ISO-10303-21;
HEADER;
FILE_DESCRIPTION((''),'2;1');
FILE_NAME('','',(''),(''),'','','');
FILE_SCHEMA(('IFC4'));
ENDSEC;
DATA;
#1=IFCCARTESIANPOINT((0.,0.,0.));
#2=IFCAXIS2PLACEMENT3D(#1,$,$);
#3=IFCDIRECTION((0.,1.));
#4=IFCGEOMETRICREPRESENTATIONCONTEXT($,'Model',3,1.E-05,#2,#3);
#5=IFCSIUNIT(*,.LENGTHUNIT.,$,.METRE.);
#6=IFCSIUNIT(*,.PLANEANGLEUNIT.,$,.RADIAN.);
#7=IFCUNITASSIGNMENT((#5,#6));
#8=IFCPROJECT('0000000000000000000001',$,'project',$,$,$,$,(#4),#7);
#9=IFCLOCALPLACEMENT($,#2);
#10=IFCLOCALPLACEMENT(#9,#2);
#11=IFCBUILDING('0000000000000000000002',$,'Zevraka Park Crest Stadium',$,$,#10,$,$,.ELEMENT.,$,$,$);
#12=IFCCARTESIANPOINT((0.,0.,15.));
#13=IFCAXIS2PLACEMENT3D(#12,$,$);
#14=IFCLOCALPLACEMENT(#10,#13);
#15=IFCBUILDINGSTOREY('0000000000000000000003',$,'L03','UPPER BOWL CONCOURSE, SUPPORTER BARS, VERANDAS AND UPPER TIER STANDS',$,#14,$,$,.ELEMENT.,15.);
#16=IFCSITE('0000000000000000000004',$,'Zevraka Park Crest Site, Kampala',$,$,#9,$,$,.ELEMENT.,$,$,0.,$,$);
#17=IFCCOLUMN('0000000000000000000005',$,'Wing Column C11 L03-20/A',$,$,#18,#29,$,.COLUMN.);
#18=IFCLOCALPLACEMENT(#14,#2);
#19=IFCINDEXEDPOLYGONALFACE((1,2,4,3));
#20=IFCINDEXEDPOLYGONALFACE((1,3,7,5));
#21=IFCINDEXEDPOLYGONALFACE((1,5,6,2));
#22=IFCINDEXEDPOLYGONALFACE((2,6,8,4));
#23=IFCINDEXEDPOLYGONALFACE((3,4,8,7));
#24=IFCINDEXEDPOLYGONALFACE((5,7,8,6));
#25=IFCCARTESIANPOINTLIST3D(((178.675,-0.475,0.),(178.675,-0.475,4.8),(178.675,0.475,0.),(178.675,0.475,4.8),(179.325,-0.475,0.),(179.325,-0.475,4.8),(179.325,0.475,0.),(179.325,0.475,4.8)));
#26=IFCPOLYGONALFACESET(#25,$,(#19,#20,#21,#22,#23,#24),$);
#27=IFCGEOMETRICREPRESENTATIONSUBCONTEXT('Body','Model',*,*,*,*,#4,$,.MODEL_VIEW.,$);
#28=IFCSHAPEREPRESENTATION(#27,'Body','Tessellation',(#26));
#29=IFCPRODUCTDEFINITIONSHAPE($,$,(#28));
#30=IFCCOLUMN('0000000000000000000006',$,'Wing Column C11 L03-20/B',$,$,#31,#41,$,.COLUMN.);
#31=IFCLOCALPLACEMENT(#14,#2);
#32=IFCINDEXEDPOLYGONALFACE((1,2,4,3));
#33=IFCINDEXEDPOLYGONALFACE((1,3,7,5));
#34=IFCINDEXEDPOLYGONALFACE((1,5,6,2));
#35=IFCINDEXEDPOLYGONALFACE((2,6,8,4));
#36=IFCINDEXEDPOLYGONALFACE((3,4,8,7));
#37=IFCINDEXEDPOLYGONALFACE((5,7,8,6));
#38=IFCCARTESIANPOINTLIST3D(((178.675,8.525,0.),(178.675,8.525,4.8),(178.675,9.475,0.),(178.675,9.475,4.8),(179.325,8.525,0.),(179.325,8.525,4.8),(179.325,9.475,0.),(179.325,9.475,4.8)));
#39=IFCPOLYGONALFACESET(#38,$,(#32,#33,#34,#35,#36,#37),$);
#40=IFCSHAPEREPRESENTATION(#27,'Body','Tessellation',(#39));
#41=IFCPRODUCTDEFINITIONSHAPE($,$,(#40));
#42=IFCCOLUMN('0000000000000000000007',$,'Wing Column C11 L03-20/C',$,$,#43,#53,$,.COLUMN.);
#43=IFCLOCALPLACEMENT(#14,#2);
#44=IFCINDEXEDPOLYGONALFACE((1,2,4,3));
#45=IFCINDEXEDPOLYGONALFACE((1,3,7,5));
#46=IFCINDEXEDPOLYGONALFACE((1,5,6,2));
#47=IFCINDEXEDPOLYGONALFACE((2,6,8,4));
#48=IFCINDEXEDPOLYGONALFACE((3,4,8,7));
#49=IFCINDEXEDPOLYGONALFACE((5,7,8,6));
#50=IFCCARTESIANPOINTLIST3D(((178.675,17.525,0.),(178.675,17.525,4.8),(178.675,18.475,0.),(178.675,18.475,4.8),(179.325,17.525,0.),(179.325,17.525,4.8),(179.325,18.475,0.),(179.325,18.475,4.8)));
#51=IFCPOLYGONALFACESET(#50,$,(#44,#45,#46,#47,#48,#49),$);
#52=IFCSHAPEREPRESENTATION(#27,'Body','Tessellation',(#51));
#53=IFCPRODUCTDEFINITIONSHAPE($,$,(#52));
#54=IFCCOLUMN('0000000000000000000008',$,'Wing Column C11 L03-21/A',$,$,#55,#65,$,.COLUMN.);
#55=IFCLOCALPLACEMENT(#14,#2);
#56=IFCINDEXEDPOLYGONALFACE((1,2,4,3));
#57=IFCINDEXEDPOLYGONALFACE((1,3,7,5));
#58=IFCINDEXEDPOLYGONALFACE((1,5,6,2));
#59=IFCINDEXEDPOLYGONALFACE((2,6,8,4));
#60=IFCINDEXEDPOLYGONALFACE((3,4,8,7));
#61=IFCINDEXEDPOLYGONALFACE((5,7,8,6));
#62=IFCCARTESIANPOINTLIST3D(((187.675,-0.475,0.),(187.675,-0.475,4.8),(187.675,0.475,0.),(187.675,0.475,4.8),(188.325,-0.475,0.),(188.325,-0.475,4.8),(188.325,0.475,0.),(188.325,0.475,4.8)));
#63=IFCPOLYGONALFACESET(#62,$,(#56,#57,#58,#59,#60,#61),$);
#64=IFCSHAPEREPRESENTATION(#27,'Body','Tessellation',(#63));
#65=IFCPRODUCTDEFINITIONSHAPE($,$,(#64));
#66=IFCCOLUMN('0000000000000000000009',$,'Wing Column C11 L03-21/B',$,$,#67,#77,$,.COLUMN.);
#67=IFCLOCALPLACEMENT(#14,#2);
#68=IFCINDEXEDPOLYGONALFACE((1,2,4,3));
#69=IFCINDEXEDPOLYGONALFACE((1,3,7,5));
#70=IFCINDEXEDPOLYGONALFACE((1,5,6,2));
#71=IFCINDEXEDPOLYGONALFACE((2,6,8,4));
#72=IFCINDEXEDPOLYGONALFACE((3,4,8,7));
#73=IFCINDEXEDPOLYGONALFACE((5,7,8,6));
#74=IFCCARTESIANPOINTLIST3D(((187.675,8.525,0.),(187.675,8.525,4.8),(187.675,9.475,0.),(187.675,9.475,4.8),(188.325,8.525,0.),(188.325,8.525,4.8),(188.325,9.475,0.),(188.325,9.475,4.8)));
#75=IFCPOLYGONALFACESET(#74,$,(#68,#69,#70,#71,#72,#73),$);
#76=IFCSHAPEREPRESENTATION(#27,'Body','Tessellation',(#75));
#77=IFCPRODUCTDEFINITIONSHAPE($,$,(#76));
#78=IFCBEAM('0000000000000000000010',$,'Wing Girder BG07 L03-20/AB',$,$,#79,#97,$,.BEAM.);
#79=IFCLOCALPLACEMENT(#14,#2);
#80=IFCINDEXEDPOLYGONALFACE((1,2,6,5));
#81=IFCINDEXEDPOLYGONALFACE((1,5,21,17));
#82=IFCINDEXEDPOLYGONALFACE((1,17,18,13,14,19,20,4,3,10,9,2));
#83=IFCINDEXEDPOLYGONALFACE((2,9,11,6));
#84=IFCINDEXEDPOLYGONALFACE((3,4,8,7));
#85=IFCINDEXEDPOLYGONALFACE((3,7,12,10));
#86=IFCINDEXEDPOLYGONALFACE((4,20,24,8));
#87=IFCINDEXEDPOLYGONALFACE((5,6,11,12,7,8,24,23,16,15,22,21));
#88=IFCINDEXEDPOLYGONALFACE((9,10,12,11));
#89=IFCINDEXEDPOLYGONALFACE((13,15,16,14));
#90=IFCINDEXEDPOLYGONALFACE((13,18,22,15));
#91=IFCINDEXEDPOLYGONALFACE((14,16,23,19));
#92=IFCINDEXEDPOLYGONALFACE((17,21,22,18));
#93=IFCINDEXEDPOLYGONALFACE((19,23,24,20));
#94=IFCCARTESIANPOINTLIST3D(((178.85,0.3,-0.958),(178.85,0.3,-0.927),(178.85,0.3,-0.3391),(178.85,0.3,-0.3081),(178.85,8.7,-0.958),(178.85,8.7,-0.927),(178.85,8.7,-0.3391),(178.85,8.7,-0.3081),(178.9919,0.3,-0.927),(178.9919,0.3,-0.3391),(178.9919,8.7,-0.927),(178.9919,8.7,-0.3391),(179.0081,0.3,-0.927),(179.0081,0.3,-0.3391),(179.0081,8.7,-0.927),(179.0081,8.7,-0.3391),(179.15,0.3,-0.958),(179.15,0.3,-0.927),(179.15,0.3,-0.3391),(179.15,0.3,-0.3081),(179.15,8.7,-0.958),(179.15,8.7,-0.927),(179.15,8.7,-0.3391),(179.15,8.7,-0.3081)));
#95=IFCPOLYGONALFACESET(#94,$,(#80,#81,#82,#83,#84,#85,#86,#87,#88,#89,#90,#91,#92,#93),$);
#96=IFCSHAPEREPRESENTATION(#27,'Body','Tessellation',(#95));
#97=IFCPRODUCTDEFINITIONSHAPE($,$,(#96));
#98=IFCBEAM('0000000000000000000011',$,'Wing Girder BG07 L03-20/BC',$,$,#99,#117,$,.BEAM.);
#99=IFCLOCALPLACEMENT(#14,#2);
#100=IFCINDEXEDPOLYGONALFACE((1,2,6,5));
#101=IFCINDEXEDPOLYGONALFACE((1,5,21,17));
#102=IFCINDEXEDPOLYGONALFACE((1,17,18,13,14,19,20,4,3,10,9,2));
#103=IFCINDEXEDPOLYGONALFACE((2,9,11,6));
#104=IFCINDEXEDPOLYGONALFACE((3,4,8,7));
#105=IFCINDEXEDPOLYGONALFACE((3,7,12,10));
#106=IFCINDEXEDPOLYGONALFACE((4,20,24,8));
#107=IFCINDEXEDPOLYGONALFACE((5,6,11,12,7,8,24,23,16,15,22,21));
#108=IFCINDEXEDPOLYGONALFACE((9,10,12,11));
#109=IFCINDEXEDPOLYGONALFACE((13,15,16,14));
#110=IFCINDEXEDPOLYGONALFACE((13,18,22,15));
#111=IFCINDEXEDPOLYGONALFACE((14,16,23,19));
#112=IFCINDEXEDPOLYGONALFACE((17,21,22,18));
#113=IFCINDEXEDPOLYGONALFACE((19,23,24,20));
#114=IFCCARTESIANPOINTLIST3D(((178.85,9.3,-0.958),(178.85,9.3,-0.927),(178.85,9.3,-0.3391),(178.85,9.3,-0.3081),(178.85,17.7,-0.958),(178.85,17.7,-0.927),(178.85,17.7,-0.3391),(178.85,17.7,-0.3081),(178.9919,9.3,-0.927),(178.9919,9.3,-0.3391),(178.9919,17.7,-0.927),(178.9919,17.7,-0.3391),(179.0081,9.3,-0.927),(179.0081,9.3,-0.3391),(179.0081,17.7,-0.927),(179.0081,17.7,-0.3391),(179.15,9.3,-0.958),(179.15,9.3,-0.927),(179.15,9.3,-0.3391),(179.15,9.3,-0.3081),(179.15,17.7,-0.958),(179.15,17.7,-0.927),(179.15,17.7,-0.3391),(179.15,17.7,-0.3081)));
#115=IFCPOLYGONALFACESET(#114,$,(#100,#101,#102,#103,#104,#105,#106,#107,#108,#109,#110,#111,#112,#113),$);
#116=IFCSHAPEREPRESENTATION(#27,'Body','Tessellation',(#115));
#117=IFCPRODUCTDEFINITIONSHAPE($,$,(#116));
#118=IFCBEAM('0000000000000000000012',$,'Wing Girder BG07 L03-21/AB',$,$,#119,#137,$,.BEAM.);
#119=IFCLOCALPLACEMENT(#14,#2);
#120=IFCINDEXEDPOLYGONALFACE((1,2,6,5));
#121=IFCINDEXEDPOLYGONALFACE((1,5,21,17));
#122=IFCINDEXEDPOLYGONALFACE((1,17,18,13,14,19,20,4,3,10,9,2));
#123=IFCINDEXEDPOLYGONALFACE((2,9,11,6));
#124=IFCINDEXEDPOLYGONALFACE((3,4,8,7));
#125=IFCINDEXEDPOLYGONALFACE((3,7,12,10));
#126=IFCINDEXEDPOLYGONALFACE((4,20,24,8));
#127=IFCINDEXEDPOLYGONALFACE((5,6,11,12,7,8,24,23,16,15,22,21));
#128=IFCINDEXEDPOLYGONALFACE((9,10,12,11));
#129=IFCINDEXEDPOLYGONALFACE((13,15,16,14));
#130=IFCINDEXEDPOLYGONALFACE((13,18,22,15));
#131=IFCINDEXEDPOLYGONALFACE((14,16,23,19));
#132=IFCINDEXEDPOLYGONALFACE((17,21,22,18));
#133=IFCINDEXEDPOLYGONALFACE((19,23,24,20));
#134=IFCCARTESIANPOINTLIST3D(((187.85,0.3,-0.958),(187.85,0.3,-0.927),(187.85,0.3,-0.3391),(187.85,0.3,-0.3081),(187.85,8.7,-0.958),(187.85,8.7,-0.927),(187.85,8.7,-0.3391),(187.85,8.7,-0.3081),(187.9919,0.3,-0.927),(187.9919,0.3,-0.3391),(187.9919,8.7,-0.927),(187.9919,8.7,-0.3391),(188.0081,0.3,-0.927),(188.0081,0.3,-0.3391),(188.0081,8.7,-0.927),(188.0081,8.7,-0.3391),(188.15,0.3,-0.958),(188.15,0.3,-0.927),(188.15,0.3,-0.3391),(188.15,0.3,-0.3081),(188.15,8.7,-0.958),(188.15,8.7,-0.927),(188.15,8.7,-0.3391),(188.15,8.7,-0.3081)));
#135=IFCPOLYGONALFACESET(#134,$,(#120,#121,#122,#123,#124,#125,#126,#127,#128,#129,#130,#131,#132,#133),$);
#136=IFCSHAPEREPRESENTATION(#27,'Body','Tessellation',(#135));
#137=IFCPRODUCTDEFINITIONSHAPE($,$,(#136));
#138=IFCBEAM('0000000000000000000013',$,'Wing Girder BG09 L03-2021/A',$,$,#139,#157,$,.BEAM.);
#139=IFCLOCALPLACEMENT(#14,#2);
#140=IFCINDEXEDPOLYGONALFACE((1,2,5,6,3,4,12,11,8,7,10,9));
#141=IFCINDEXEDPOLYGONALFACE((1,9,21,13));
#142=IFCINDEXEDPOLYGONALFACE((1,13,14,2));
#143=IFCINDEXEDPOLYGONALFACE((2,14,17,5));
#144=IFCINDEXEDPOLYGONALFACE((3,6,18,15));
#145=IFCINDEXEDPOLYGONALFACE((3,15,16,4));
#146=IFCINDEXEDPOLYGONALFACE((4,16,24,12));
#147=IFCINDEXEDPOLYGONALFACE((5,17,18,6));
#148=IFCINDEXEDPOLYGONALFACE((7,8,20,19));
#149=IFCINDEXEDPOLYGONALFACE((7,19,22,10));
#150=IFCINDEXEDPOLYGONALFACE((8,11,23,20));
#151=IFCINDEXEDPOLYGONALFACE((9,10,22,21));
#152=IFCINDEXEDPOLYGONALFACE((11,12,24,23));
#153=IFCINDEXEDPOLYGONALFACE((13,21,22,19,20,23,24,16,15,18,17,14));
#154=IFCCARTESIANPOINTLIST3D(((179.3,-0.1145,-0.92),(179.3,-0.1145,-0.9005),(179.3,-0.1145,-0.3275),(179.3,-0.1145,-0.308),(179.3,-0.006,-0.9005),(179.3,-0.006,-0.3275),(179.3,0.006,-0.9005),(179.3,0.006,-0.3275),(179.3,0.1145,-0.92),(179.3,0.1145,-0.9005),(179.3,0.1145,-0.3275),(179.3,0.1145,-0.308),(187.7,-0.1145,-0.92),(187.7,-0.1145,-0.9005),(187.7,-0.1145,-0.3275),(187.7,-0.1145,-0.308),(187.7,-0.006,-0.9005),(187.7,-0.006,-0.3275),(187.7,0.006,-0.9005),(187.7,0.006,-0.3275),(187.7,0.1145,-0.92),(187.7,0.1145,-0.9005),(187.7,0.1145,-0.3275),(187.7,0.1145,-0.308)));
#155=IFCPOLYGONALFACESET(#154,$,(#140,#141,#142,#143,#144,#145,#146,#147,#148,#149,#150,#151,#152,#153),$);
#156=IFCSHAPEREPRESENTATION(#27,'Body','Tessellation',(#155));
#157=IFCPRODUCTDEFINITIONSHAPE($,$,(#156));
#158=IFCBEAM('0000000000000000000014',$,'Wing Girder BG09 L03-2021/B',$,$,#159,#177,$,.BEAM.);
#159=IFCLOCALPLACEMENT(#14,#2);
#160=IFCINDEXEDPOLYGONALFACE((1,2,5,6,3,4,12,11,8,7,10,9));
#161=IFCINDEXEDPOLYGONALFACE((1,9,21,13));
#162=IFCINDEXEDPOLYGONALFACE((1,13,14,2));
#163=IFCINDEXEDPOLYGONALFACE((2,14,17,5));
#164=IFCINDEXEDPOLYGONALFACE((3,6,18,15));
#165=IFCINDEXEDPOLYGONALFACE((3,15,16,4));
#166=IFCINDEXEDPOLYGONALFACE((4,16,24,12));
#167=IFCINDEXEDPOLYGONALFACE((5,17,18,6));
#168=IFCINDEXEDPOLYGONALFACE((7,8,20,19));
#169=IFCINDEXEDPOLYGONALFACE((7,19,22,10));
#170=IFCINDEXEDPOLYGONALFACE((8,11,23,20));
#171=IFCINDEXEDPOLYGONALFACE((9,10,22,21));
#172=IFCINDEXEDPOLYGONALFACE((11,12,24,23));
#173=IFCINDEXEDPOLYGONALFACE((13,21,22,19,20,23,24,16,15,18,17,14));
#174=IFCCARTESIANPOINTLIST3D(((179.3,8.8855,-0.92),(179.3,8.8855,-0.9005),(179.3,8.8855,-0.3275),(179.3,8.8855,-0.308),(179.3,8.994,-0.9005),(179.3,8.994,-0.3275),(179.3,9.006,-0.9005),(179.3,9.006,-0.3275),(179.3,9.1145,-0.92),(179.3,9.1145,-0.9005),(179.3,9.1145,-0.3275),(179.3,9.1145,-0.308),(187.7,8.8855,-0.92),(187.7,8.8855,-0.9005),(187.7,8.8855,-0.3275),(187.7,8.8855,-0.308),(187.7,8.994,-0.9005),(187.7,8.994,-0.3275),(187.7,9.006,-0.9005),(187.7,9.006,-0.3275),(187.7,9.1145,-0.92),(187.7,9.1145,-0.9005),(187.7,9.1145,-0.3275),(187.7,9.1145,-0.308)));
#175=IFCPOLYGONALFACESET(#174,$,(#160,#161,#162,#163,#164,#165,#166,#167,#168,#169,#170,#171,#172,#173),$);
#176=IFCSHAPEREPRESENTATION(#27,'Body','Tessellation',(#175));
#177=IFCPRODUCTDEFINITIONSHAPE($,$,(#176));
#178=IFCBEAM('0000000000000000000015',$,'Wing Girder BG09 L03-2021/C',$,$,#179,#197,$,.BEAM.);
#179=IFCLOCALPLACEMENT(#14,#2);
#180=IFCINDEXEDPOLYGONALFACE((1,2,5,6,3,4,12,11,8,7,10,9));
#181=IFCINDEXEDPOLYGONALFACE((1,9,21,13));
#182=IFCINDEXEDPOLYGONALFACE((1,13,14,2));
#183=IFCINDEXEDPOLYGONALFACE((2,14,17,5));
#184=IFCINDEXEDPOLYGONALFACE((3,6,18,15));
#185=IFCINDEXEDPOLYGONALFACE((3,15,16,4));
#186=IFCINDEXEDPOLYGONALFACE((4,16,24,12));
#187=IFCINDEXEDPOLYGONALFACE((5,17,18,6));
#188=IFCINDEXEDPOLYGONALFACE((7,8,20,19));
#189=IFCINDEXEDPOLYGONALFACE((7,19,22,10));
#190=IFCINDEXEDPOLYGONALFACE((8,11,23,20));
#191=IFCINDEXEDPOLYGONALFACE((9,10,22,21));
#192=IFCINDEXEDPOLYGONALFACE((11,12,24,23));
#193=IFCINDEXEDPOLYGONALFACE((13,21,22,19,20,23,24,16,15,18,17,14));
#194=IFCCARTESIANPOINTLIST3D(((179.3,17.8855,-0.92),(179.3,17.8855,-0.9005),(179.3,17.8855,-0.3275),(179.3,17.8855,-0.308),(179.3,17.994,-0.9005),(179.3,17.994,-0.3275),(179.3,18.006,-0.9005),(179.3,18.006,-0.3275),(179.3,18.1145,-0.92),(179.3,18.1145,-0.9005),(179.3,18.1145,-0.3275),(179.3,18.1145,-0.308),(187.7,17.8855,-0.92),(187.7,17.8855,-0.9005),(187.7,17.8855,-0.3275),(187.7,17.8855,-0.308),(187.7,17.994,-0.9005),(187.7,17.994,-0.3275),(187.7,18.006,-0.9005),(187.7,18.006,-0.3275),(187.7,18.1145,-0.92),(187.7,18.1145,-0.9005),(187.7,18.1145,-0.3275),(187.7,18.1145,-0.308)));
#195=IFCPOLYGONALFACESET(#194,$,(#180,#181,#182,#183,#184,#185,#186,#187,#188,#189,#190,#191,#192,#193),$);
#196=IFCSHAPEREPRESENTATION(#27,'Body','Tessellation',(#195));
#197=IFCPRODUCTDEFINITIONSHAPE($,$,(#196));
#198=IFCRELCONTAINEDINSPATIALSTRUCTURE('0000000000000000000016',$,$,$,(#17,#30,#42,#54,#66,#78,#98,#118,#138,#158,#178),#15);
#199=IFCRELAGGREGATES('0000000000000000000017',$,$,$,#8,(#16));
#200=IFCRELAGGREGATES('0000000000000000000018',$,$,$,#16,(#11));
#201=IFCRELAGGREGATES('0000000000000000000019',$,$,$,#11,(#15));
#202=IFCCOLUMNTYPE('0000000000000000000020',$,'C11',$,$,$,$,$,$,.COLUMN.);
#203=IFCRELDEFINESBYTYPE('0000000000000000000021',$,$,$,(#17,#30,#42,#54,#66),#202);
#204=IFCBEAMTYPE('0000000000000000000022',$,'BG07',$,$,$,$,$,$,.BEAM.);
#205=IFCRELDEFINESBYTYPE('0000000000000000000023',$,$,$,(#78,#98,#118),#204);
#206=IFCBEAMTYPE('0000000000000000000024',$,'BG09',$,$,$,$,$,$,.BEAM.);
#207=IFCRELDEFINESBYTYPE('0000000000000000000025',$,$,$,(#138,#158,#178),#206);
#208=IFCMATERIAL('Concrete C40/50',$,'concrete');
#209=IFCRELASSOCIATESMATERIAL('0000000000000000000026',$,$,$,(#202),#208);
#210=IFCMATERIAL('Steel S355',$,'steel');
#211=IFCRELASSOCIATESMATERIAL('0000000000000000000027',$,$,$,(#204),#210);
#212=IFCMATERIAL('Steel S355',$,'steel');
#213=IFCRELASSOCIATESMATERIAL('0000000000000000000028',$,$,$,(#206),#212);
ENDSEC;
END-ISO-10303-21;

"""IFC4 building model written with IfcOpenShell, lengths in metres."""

from ifc_helpers import new_model, si_unit, direction, frame, origin, origin_2d, place, context, subcontext, project, spatial, rectangle, i_section, extrude, material, material_profile, profile_set, type_object, element, save


model = new_model("IFC4")

# Units and contexts
model_context = context("Model", 3, precision=1e-05, world=origin(), true_north=direction((0.0, 1.0)))
body_context = subcontext(model_context, "Body", "Model", "MODEL_VIEW")
ifc_project = project(units=[si_unit("LENGTHUNIT", "METRE"), si_unit("PLANEANGLEUNIT", "RADIAN")], contexts=[model_context])

# Site, building, storey
site_placement = place(None, origin())
site = spatial("IfcSite", under=ifc_project, at=site_placement, Name="Zevraka Park Crest Site, Kampala", CompositionType="ELEMENT", RefElevation=0.0)
building_placement = place(site_placement, origin())
building = spatial("IfcBuilding", under=site, at=building_placement, Name="Zevraka Park Crest Stadium", CompositionType="ELEMENT")
storey_placement = place(building_placement, frame((0.0, 0.0, 15.0)))
storey = spatial("IfcBuildingStorey", under=building, at=storey_placement, Name="L03", Description="UPPER BOWL CONCOURSE, SUPPORTER BARS, VERANDAS AND UPPER TIER STANDS", CompositionType="ELEMENT", Elevation=15.0)

# Columns
ifc_material_1 = material(Name="Concrete C40/50", Category="concrete")
ifc_material_profile_1 = material_profile(ifc_material_1, rectangle(XDim=0.6499, YDim=0.95, at=origin_2d()), Name="RC 950x650")
ifc_profile_set_1 = profile_set([ifc_material_profile_1], Name="Concrete C40/50")
column_type = type_object("IfcColumnType", Name="C11", PredefinedType="COLUMN", material=ifc_profile_set_1)
for number, where, z_axis, x_axis, name in (
    (1, (179.0, 0.0, 0.0), (0.0, 0.0, 1.0), (1.0, 0.0, 0.0), "Wing Column C11 L03-20/A"),
    (2, (179.0, 9.0, 0.0), (0.0, 0.0, 1.0), (1.0, 0.0, 0.0), "Wing Column C11 L03-20/B"),
    (3, (179.0, 18.0, 0.0), (0.0, 0.0, 1.0), (1.0, 0.0, 0.0), "Wing Column C11 L03-20/C"),
    (4, (188.0, 0.0, 0.0), (0.0, 0.0, 1.0), (1.0, 0.0, 0.0), "Wing Column C11 L03-21/A"),
    (5, (188.0, 9.0, 0.0), (0.0, 0.0, 1.0), (1.0, 0.0, 0.0), "Wing Column C11 L03-21/B"),
):
    element("IfcColumn", number, at=place(storey_placement, frame(where, z_axis=z_axis, x_axis=x_axis)), inside=storey, type_object=column_type, Name=name, PredefinedType="COLUMN", context=body_context, shape_type="SweptSolid", body=[
        extrude(rectangle(XDim=0.6499, YDim=0.95, at=origin_2d()), origin(), (0.0, 0.0, 1.0), 4.8),
    ])

# Beams
ifc_material_2 = material(Name="Steel S355", Category="steel")
ifc_material_profile_2 = material_profile(ifc_material_2, i_section(OverallWidth=0.3, OverallDepth=0.6499, WebThickness=0.0161, FlangeThickness=0.031, at=origin_2d()), Name="HEB 650")
ifc_profile_set_2 = profile_set([ifc_material_profile_2], Name="Steel S355")
beam_type_1 = type_object("IfcBeamType", Name="BG07", PredefinedType="BEAM", material=ifc_profile_set_2)
for number, where, z_axis, x_axis, name in (
    (6, (179.0, 0.3, -0.6331), (0.0, 1.0, 0.0), (-1.0, 0.0, 0.0), "Wing Girder BG07 L03-20/AB"),
    (7, (179.0, 9.3, -0.6331), (0.0, 1.0, 0.0), (-1.0, 0.0, 0.0), "Wing Girder BG07 L03-20/BC"),
    (8, (188.0, 0.3, -0.6331), (0.0, 1.0, 0.0), (-1.0, 0.0, 0.0), "Wing Girder BG07 L03-21/AB"),
):
    element("IfcBeam", number, at=place(storey_placement, frame(where, z_axis=z_axis, x_axis=x_axis)), inside=storey, type_object=beam_type_1, Name=name, PredefinedType="BEAM", context=body_context, shape_type="SweptSolid", body=[
        extrude(i_section(OverallWidth=0.3, OverallDepth=0.6499, WebThickness=0.0161, FlangeThickness=0.031, at=origin_2d()), origin(), (0.0, 0.0, 1.0), 8.3999),
    ])
ifc_material_3 = material(Name="Steel S355", Category="steel")
ifc_material_profile_3 = material_profile(ifc_material_3, i_section(OverallWidth=0.229, OverallDepth=0.6121, WebThickness=0.012, FlangeThickness=0.0195, at=origin_2d()), Name="UKB 610x229x125")
ifc_profile_set_3 = profile_set([ifc_material_profile_3], Name="Steel S355")
beam_type_2 = type_object("IfcBeamType", Name="BG09", PredefinedType="BEAM", material=ifc_profile_set_3)
for number, where, z_axis, x_axis, name in (
    (9, (179.3, 0.0, -0.614), (1.0, 0.0, 0.0), (0.0, 1.0, 0.0), "Wing Girder BG09 L03-2021/A"),
    (10, (179.3, 9.0, -0.614), (1.0, 0.0, 0.0), (0.0, 1.0, 0.0), "Wing Girder BG09 L03-2021/B"),
    (11, (179.3, 18.0, -0.614), (1.0, 0.0, 0.0), (0.0, 1.0, 0.0), "Wing Girder BG09 L03-2021/C"),
):
    element("IfcBeam", number, at=place(storey_placement, frame(where, z_axis=z_axis, x_axis=x_axis)), inside=storey, type_object=beam_type_2, Name=name, PredefinedType="BEAM", context=body_context, shape_type="SweptSolid", body=[
        extrude(i_section(OverallWidth=0.229, OverallDepth=0.6121, WebThickness=0.012, FlangeThickness=0.0195, at=origin_2d()), origin(), (0.0, 0.0, 1.0), 8.3999),
    ])

save(model, "model.ifc")
